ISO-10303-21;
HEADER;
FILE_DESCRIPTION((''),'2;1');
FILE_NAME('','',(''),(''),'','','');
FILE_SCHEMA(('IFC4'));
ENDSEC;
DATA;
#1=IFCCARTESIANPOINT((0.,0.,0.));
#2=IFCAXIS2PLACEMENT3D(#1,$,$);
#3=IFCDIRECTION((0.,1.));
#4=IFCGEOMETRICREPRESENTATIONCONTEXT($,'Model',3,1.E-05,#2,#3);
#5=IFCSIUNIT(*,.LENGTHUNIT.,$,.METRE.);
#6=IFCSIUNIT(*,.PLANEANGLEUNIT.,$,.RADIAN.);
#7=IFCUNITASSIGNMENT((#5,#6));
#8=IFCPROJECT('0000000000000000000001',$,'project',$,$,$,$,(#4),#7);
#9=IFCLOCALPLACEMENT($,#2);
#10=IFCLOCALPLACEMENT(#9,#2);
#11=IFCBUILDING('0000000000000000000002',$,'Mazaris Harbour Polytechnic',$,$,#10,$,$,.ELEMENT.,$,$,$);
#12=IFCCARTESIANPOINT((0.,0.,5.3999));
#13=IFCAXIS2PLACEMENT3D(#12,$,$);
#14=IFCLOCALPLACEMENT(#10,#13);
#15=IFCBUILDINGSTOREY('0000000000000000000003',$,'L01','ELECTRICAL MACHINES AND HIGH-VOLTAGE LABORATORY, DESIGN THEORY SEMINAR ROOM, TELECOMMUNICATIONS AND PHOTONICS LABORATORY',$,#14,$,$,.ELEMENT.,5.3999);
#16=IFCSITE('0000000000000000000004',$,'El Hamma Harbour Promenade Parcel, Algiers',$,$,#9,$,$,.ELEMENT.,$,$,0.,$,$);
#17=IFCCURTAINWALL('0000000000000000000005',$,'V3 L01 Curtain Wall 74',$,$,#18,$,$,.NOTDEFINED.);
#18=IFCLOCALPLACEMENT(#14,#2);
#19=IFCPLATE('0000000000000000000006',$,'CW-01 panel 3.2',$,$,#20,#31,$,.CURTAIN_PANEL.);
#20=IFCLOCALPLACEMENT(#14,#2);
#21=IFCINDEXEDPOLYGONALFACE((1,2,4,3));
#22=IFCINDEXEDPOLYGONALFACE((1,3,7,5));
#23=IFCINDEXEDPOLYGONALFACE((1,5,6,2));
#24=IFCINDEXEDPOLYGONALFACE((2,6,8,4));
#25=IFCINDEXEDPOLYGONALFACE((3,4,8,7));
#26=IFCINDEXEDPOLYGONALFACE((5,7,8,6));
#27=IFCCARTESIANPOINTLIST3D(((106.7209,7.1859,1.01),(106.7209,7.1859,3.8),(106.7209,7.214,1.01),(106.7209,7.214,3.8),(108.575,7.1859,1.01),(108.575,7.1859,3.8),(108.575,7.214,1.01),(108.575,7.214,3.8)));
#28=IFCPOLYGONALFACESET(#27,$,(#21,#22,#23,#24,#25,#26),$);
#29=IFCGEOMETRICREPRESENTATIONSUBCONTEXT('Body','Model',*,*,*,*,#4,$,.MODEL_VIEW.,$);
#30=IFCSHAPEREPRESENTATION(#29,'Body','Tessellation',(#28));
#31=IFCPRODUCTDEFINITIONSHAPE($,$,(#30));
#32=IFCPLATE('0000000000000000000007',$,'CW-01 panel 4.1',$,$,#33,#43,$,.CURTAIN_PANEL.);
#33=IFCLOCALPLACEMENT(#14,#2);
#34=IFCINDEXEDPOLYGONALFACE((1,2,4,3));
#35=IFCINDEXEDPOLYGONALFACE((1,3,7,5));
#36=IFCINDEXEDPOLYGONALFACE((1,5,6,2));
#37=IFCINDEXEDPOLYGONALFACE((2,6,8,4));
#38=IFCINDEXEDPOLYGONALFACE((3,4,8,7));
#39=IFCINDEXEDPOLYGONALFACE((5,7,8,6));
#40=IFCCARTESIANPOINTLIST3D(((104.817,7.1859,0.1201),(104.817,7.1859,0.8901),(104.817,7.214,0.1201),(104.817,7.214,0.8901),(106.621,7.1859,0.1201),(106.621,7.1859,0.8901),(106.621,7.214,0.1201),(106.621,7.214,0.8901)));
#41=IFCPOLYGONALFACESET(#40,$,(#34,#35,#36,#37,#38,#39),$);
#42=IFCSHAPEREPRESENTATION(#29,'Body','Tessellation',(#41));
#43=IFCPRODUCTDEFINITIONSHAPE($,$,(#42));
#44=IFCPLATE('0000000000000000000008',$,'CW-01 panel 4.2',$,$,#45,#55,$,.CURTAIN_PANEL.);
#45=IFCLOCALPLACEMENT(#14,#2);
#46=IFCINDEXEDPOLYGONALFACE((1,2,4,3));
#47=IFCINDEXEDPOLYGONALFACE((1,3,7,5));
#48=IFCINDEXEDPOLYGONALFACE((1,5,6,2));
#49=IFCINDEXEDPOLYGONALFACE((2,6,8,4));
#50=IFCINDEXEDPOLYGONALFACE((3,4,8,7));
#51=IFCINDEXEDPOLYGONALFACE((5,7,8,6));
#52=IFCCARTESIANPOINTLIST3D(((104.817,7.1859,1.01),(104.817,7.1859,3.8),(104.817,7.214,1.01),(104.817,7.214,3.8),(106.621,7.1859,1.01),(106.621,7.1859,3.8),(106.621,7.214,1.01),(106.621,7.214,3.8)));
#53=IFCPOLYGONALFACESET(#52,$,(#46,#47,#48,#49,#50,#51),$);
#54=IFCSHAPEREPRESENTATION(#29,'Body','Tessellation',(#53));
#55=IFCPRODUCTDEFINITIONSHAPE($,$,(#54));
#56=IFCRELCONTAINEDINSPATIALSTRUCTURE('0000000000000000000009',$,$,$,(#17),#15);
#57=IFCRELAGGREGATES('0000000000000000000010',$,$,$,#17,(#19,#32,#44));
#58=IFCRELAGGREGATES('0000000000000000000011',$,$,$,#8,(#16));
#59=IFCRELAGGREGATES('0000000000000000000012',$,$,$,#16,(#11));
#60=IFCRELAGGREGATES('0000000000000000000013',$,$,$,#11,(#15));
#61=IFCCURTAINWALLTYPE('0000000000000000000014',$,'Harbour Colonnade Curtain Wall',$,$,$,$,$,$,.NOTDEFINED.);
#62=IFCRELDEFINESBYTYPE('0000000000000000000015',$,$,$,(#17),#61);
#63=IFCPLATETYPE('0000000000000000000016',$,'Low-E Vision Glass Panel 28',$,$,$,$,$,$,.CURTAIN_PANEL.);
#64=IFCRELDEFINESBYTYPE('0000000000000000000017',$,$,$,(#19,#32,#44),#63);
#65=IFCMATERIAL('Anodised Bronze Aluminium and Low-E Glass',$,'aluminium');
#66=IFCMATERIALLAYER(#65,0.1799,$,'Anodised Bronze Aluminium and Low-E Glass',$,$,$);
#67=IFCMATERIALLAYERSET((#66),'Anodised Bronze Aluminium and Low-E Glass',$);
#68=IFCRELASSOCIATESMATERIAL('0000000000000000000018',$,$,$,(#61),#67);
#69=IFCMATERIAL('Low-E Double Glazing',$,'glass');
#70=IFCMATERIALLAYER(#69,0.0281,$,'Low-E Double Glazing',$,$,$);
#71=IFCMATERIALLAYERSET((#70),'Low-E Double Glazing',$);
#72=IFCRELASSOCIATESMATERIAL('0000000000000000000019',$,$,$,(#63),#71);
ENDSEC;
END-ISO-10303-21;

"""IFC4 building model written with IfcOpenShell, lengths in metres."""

from ifc_helpers import new_model, si_unit, direction, frame, origin, origin_2d, place, context, subcontext, project, spatial, rectangle, extrude, material, layer, layer_set, type_object, element, aggregate, save


model = new_model("IFC4")

# Units and contexts
model_context = context("Model", 3, precision=1e-05, world=origin(), true_north=direction((0.0, 1.0)))
body_context = subcontext(model_context, "Body", "Model", "MODEL_VIEW")
ifc_project = project(units=[si_unit("LENGTHUNIT", "METRE"), si_unit("PLANEANGLEUNIT", "RADIAN")], contexts=[model_context])

# Site, building, storey
site_placement = place(None, origin())
site = spatial("IfcSite", under=ifc_project, at=site_placement, Name="El Hamma Harbour Promenade Parcel, Algiers", CompositionType="ELEMENT", RefElevation=0.0)
building_placement = place(site_placement, origin())
building = spatial("IfcBuilding", under=site, at=building_placement, Name="Mazaris Harbour Polytechnic", CompositionType="ELEMENT")
storey_placement = place(building_placement, frame((0.0, 0.0, 5.3999)))
storey = spatial("IfcBuildingStorey", under=building, at=storey_placement, Name="L01", Description="ELECTRICAL MACHINES AND HIGH-VOLTAGE LABORATORY, DESIGN THEORY SEMINAR ROOM, TELECOMMUNICATIONS AND PHOTONICS LABORATORY", CompositionType="ELEMENT", Elevation=5.3999)

# Curtain wall
ifc_material_1 = material(Name="Anodised Bronze Aluminium and Low-E Glass", Category="aluminium")
ifc_layer_1 = layer(ifc_material_1, 0.1799, Name="Anodised Bronze Aluminium and Low-E Glass")
ifc_layer_set_1 = layer_set([ifc_layer_1], Name="Anodised Bronze Aluminium and Low-E Glass")
curtain_wall_type = type_object("IfcCurtainWallType", Name="Harbour Colonnade Curtain Wall", PredefinedType="NOTDEFINED", material=ifc_layer_set_1)
curtain_wall_1_placement = place(storey_placement, origin())
curtain_wall_1 = element("IfcCurtainWall", 1, at=curtain_wall_1_placement, inside=storey, type_object=curtain_wall_type, Name="V3 L01 Curtain Wall 74", PredefinedType="NOTDEFINED")

# Plates
ifc_material_2 = material(Name="Low-E Double Glazing", Category="glass")
ifc_layer_2 = layer(ifc_material_2, 0.0281, Name="Low-E Double Glazing")
ifc_layer_set_2 = layer_set([ifc_layer_2], Name="Low-E Double Glazing")
plate_type = type_object("IfcPlateType", Name="Low-E Vision Glass Panel 28", PredefinedType="CURTAIN_PANEL", material=ifc_layer_set_2)
plate_1_placement = place(storey_placement, frame((107.6479, 7.2, 1.01), z_axis=(0.0, 0.0, 1.0), x_axis=(-1.0, 0.0, 0.0)))
plate_1 = element("IfcPlate", 2, at=plate_1_placement, type_object=plate_type, Name="CW-01 panel 3.2", PredefinedType="CURTAIN_PANEL", context=body_context, shape_type="SweptSolid", body=[
    extrude(rectangle(XDim=1.854, YDim=0.0281, at=origin_2d()), origin(), (0.0, 0.0, 1.0), 2.79),
])
plate_2_placement = place(storey_placement, frame((105.719, 7.2, 0.1201), z_axis=(0.0, 0.0, 1.0), x_axis=(-1.0, 0.0, 0.0)))
plate_2 = element("IfcPlate", 3, at=plate_2_placement, type_object=plate_type, Name="CW-01 panel 4.1", PredefinedType="CURTAIN_PANEL", context=body_context, shape_type="SweptSolid", body=[
    extrude(rectangle(XDim=1.804, YDim=0.0281, at=origin_2d()), origin(), (0.0, 0.0, 1.0), 0.77),
])
plate_3_placement = place(storey_placement, frame((105.719, 7.2, 1.01), z_axis=(0.0, 0.0, 1.0), x_axis=(-1.0, 0.0, 0.0)))
plate_3 = element("IfcPlate", 4, at=plate_3_placement, type_object=plate_type, Name="CW-01 panel 4.2", PredefinedType="CURTAIN_PANEL", context=body_context, shape_type="SweptSolid", body=[
    extrude(rectangle(XDim=1.804, YDim=0.0281, at=origin_2d()), origin(), (0.0, 0.0, 1.0), 2.79),
])
aggregate(curtain_wall_1, [plate_1, plate_2, plate_3])

save(model, "model.ifc")
